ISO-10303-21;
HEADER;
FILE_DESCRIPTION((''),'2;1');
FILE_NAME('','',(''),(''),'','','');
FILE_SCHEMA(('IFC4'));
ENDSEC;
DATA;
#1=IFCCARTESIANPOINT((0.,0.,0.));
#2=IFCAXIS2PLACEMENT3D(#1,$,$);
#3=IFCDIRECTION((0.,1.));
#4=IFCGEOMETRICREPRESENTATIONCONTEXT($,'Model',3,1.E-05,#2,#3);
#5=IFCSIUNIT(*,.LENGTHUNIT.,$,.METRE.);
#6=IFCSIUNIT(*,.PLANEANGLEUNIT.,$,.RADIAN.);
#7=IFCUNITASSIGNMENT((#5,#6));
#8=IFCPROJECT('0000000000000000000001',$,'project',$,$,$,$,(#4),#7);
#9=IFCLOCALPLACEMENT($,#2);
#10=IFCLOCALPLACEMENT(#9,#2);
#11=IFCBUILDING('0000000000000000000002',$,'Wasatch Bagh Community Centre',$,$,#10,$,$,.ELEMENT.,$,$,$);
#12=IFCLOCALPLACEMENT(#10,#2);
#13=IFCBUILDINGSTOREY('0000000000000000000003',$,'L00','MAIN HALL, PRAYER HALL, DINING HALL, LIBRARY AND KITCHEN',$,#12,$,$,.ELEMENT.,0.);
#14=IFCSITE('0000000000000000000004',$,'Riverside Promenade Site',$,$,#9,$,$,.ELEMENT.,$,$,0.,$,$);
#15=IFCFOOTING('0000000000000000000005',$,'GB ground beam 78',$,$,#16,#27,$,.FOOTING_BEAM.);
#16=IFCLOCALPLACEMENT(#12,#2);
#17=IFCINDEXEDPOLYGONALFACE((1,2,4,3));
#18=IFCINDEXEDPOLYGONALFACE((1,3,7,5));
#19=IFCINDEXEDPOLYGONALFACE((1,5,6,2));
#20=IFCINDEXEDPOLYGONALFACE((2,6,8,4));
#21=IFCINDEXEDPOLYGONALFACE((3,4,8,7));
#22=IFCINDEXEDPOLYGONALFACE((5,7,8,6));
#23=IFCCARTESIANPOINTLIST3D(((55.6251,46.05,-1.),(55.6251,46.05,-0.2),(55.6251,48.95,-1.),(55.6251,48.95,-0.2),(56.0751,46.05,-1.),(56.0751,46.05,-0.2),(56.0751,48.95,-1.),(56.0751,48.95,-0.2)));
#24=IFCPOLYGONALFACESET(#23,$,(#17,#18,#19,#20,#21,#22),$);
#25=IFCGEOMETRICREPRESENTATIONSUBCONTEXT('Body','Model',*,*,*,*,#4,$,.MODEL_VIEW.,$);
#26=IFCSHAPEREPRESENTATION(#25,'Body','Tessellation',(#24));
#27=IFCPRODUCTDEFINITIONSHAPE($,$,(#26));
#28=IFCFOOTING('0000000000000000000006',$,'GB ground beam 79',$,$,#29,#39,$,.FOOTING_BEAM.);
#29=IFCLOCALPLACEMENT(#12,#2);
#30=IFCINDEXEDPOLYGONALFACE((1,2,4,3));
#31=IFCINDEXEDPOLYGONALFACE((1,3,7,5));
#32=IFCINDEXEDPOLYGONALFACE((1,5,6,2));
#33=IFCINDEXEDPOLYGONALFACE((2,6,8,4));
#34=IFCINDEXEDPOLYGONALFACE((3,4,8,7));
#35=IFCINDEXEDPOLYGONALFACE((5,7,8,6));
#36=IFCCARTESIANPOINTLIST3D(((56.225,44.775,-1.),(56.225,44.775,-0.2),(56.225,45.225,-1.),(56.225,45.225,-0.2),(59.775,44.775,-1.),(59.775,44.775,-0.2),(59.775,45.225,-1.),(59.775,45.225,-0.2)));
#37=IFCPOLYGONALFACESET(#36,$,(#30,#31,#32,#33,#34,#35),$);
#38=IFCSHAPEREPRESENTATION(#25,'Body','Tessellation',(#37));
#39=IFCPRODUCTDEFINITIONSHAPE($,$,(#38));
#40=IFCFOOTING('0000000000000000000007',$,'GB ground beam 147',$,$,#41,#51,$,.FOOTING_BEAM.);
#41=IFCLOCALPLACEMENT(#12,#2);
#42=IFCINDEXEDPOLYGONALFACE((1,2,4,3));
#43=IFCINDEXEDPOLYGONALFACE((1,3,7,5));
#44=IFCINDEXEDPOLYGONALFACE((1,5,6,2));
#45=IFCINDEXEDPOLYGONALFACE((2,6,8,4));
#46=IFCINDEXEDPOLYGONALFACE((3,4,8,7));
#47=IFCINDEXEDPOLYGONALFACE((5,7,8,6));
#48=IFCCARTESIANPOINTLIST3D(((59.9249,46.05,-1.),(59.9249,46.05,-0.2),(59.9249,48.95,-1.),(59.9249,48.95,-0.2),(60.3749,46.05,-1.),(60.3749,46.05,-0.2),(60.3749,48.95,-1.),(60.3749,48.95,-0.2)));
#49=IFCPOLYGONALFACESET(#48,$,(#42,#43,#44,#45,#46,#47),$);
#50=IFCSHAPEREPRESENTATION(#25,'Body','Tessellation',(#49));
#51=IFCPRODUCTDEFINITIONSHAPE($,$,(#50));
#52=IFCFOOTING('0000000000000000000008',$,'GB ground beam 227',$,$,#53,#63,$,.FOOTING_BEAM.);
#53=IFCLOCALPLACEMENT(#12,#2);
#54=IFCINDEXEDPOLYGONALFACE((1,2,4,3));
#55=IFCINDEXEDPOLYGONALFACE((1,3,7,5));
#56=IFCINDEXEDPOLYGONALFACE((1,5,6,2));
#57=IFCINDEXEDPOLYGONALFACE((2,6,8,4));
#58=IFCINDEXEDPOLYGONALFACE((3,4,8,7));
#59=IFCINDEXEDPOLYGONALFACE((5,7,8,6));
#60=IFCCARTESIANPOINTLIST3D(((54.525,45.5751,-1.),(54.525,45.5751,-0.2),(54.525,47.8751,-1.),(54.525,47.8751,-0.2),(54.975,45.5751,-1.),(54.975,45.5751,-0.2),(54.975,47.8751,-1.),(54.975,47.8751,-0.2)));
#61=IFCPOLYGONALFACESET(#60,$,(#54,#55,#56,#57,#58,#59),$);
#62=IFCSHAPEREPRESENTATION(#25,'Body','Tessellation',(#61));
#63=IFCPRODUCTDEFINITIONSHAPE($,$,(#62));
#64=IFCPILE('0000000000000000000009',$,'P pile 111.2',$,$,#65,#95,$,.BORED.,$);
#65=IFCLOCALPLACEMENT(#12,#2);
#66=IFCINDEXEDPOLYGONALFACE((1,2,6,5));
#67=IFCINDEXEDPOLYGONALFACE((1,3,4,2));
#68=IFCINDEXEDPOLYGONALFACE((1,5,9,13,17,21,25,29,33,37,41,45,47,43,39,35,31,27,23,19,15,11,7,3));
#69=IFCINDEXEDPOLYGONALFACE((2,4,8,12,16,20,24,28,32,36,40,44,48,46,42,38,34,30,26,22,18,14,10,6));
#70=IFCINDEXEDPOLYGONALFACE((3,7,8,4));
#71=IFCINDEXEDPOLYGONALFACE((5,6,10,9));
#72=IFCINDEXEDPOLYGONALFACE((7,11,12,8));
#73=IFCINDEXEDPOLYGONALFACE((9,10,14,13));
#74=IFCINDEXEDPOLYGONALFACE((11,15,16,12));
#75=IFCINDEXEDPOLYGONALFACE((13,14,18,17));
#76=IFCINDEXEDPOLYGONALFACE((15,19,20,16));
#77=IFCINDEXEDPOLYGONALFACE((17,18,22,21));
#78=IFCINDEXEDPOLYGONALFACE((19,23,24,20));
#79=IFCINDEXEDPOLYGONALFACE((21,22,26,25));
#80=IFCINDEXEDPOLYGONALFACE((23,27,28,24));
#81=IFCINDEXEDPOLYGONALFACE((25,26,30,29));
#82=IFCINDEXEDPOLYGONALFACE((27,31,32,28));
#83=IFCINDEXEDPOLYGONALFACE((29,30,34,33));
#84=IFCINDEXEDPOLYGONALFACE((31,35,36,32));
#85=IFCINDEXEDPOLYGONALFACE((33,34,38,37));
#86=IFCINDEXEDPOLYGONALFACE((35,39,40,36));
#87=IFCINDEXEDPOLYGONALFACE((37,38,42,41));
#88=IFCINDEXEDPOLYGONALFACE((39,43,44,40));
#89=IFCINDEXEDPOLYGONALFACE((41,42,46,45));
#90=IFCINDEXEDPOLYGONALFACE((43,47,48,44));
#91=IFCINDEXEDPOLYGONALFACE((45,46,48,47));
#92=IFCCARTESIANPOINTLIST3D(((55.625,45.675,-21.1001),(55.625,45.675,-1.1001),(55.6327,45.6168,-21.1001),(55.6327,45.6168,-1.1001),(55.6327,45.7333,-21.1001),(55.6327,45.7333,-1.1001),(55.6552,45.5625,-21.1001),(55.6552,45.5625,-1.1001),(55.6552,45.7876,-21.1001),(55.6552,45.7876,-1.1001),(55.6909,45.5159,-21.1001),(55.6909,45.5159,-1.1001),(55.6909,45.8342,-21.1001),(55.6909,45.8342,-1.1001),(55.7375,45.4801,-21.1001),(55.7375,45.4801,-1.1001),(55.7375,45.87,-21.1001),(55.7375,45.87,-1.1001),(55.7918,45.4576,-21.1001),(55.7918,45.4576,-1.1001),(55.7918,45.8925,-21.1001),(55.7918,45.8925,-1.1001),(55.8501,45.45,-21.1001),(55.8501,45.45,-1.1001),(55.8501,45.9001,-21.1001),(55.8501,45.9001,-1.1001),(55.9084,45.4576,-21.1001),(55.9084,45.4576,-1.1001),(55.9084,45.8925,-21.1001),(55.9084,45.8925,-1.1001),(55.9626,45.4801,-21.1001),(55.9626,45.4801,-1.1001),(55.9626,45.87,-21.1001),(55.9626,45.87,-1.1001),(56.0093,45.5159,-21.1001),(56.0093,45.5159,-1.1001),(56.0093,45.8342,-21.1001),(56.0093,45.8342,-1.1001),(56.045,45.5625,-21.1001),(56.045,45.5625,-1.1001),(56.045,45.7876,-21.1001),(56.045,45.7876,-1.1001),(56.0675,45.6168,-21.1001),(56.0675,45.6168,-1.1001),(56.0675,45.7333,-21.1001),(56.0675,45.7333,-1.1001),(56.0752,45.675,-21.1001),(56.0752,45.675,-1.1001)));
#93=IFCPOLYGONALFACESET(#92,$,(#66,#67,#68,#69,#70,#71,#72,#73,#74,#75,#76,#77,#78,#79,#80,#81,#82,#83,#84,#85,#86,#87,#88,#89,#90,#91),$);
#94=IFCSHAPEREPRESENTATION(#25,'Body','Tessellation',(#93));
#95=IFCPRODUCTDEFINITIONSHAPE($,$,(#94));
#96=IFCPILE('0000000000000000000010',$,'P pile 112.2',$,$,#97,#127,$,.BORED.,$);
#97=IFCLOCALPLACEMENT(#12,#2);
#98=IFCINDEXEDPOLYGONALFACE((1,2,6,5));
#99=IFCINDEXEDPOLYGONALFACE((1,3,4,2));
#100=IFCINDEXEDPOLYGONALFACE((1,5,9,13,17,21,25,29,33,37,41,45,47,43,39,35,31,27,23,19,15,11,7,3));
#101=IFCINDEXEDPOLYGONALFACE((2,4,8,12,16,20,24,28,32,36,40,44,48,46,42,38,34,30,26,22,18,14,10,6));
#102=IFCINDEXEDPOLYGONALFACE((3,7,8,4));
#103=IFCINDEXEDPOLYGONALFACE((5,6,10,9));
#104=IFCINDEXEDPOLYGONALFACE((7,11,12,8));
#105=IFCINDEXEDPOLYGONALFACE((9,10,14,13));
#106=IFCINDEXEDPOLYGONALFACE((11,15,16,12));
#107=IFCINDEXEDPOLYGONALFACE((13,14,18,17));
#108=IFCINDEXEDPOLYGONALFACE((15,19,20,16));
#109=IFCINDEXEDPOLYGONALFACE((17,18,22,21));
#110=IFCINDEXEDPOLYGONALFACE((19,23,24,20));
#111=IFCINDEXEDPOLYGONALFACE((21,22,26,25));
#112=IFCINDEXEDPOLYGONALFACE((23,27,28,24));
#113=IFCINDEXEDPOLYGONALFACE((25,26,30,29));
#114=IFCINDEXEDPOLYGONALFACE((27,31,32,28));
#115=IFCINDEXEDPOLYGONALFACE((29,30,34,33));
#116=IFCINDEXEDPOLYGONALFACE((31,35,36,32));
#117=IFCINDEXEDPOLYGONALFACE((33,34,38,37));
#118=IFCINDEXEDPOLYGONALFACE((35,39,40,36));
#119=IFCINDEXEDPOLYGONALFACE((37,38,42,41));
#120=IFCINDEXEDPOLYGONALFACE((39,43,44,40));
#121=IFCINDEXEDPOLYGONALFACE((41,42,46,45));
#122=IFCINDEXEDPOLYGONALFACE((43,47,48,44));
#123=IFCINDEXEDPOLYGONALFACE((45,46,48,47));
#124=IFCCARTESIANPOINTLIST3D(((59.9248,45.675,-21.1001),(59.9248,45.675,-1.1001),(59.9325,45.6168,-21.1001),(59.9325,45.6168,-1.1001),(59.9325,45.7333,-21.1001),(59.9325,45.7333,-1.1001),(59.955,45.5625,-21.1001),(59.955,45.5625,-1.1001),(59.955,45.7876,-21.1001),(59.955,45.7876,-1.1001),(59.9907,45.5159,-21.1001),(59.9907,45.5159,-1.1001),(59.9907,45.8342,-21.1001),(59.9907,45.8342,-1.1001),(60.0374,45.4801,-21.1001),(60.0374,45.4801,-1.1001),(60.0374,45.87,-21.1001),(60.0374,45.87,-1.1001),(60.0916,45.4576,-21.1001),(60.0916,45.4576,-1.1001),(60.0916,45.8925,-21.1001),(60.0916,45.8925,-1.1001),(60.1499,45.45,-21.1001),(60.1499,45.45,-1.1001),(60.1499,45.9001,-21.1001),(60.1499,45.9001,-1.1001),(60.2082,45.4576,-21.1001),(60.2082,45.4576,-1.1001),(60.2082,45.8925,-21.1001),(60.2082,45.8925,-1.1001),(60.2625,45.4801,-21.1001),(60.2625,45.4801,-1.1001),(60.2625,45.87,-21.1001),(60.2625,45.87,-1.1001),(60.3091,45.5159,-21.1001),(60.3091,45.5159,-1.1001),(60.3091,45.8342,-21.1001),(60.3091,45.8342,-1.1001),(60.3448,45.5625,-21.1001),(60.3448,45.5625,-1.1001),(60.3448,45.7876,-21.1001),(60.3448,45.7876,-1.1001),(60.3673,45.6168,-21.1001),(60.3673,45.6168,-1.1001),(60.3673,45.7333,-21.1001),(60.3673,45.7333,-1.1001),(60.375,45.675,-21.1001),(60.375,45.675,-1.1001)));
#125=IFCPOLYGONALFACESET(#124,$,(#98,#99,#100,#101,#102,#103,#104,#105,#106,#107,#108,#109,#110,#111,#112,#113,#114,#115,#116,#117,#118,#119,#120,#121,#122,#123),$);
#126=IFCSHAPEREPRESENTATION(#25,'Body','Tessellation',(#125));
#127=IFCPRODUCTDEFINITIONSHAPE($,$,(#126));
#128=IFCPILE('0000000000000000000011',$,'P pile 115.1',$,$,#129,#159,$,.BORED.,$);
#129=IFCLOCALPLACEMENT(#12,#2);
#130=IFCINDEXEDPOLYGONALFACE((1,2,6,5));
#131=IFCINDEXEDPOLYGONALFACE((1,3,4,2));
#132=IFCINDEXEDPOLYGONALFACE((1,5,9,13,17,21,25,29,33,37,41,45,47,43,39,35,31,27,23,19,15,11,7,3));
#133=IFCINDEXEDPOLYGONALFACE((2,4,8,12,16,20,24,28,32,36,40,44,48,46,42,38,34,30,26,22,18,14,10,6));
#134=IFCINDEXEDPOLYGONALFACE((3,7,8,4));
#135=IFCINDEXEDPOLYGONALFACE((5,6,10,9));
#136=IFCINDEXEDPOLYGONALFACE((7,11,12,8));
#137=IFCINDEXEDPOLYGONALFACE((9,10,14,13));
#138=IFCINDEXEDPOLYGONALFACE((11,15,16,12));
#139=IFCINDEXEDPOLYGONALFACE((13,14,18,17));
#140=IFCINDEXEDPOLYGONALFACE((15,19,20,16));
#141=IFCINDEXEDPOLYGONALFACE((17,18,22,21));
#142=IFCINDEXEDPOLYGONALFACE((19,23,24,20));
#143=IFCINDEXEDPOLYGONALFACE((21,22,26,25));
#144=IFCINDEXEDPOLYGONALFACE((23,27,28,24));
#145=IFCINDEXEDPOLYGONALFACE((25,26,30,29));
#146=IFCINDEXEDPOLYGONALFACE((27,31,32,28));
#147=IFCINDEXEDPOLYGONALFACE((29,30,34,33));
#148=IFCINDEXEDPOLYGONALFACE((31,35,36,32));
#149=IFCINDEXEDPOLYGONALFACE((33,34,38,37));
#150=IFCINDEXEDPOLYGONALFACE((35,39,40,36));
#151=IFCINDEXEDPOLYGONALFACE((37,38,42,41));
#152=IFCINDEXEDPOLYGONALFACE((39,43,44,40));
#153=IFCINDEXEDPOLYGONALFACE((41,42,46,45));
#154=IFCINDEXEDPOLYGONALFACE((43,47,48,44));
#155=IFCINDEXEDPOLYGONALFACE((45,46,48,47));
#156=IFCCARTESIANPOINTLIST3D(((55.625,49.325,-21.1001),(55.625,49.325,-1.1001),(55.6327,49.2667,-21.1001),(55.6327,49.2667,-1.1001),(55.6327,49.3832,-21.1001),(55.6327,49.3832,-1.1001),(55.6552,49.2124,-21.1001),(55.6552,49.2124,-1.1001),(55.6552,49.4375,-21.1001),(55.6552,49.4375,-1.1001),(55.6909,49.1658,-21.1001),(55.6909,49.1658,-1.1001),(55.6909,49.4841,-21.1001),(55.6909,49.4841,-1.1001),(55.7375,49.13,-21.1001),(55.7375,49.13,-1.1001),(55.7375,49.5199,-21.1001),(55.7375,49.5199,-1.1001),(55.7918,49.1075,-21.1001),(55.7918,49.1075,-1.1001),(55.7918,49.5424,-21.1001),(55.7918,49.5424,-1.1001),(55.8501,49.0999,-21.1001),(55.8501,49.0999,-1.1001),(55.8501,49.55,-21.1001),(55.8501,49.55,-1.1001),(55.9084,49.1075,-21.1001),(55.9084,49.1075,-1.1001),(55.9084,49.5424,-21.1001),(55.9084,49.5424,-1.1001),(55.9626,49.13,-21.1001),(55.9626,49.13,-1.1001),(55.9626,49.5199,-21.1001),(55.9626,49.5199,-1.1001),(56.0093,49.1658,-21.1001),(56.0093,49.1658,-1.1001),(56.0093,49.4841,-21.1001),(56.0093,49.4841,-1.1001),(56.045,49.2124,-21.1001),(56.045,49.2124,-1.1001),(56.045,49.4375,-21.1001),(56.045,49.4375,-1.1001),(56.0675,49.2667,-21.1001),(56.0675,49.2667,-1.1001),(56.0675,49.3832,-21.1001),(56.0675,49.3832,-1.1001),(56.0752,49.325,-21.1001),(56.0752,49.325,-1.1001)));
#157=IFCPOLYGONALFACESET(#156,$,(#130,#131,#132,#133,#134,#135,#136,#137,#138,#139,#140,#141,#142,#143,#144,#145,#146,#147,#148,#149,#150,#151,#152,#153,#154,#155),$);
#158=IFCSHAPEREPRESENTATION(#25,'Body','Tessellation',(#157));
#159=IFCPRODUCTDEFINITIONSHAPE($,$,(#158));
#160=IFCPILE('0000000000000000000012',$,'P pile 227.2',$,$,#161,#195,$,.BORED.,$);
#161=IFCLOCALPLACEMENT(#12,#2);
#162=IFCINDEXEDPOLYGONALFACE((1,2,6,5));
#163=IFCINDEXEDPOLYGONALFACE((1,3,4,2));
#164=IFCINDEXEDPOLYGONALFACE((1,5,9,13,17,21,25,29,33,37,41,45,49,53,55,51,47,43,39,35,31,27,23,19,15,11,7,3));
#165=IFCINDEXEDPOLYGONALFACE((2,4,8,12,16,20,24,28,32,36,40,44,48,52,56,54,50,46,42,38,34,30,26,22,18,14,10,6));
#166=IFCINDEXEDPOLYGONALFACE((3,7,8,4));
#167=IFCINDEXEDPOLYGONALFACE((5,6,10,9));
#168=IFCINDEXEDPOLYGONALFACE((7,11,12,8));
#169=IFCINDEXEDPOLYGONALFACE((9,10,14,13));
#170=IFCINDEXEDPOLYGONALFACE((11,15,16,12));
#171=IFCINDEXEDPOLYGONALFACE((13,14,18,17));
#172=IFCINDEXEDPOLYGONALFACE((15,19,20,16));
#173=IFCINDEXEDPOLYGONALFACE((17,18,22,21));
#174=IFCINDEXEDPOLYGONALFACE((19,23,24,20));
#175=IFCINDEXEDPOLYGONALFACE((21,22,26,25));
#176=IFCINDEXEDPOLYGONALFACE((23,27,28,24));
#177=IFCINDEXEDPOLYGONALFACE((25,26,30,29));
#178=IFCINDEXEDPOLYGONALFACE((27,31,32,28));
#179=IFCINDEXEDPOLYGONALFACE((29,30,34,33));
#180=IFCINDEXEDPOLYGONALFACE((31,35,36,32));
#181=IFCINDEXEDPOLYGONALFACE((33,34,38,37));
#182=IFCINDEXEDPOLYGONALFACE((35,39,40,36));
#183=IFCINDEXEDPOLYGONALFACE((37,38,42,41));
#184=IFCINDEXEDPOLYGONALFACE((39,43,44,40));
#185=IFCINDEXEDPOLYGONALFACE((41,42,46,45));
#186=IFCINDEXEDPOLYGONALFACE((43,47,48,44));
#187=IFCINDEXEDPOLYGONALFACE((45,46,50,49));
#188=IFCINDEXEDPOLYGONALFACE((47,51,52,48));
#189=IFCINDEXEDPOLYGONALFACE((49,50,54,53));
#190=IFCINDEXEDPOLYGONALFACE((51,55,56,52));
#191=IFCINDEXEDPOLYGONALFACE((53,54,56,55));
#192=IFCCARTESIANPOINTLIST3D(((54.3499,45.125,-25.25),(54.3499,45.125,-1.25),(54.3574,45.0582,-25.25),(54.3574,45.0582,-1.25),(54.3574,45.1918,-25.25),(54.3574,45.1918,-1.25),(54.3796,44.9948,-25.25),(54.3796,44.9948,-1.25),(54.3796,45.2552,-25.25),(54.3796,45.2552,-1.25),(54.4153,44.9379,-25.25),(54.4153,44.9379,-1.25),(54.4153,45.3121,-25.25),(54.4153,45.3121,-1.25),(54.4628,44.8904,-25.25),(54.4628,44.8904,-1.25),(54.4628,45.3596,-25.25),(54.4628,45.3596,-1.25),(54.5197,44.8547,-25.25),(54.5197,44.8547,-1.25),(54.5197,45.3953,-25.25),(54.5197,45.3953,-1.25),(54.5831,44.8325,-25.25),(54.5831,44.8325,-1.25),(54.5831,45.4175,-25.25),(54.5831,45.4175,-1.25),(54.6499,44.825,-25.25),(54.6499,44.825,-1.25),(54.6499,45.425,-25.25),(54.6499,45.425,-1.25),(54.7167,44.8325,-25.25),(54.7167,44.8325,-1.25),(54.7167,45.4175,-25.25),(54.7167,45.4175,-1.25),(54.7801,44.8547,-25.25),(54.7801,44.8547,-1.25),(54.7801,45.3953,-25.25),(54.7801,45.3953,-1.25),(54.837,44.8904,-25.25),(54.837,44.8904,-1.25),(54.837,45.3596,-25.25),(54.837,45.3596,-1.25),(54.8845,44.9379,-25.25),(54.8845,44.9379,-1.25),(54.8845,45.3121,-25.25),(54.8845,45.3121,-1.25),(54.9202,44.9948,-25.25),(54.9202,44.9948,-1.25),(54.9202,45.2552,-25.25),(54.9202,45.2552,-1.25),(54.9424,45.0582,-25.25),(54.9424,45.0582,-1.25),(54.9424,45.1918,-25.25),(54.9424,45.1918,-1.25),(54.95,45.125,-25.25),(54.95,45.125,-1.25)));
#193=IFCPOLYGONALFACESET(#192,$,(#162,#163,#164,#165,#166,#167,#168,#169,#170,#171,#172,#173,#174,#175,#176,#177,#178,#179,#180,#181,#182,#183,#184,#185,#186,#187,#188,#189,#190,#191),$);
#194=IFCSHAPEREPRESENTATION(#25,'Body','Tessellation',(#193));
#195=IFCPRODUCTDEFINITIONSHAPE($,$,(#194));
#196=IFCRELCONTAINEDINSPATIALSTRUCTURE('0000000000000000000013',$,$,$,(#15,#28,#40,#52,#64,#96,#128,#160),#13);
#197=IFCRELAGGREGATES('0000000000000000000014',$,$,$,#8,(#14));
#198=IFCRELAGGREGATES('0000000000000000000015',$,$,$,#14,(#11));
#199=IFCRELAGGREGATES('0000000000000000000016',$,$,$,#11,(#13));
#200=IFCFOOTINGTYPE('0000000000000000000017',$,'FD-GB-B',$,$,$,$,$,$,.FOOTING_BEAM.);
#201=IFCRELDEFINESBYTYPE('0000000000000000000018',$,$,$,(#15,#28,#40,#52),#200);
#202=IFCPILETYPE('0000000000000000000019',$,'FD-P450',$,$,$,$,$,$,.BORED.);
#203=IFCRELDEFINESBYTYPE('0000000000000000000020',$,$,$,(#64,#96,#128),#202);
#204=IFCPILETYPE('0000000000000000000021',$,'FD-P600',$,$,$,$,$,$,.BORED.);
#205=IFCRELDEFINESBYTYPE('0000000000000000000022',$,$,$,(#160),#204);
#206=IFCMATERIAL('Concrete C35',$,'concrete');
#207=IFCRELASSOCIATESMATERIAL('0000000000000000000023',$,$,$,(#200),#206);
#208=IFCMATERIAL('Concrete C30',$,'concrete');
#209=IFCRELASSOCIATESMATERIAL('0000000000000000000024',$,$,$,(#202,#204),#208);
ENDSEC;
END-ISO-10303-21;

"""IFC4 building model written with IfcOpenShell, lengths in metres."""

from ifc_helpers import new_model, si_unit, direction, frame, origin, origin_2d, place, context, subcontext, project, spatial, rectangle, circle, extrude, material, material_profile, profile_set, type_object, element, save


model = new_model("IFC4")

# Units and contexts
model_context = context("Model", 3, precision=1e-05, world=origin(), true_north=direction((0.0, 1.0)))
body_context = subcontext(model_context, "Body", "Model", "MODEL_VIEW")
ifc_project = project(units=[si_unit("LENGTHUNIT", "METRE"), si_unit("PLANEANGLEUNIT", "RADIAN")], contexts=[model_context])

# Site, building, storey
site_placement = place(None, origin())
site = spatial("IfcSite", under=ifc_project, at=site_placement, Name="Riverside Promenade Site", CompositionType="ELEMENT", RefElevation=0.0)
building_placement = place(site_placement, origin())
building = spatial("IfcBuilding", under=site, at=building_placement, Name="Wasatch Bagh Community Centre", CompositionType="ELEMENT")
storey_placement = place(building_placement, origin())
storey = spatial("IfcBuildingStorey", under=building, at=storey_placement, Name="L00", Description="MAIN HALL, PRAYER HALL, DINING HALL, LIBRARY AND KITCHEN", CompositionType="ELEMENT", Elevation=0.0)

# Footings
ifc_material_1 = material(Name="Concrete C35", Category="concrete")
footing_type_1 = type_object("IfcFootingType", Name="FD-GB-B", PredefinedType="FOOTING_BEAM", material=ifc_material_1)
footing_1_placement = place(storey_placement, frame((55.8501, 47.5, -1.0), z_axis=(0.0, 0.0, 1.0), x_axis=(0.0, 1.0, 0.0)))
element("IfcFooting", 1, at=footing_1_placement, inside=storey, type_object=footing_type_1, Name="GB ground beam 78", PredefinedType="FOOTING_BEAM", context=body_context, shape_type="SweptSolid", body=[
    extrude(rectangle(XDim=2.8999, YDim=0.45, at=origin_2d()), origin(), (0.0, 0.0, 1.0), 0.8),
])
footing_2_placement = place(storey_placement, frame((58.0, 45.0, -1.0), z_axis=(0.0, 0.0, 1.0), x_axis=(1.0, 0.0, 0.0)))
element("IfcFooting", 2, at=footing_2_placement, inside=storey, type_object=footing_type_1, Name="GB ground beam 79", PredefinedType="FOOTING_BEAM", context=body_context, shape_type="SweptSolid", body=[
    extrude(rectangle(XDim=3.55, YDim=0.45, at=origin_2d()), origin(), (0.0, 0.0, 1.0), 0.8),
])
footing_3_placement = place(storey_placement, frame((60.1499, 47.5, -1.0), z_axis=(0.0, 0.0, 1.0), x_axis=(0.0, 1.0, 0.0)))
element("IfcFooting", 3, at=footing_3_placement, inside=storey, type_object=footing_type_1, Name="GB ground beam 147", PredefinedType="FOOTING_BEAM", context=body_context, shape_type="SweptSolid", body=[
    extrude(rectangle(XDim=2.8999, YDim=0.45, at=origin_2d()), origin(), (0.0, 0.0, 1.0), 0.8),
])
footing_4_placement = place(storey_placement, frame((54.75, 46.7251, -1.0), z_axis=(0.0, 0.0, 1.0), x_axis=(0.0, 1.0, 0.0)))
element("IfcFooting", 4, at=footing_4_placement, inside=storey, type_object=footing_type_1, Name="GB ground beam 227", PredefinedType="FOOTING_BEAM", context=body_context, shape_type="SweptSolid", body=[
    extrude(rectangle(XDim=2.3, YDim=0.45, at=origin_2d()), origin(), (0.0, 0.0, 1.0), 0.8),
])

# Piles
ifc_material_2 = material(Name="Concrete C30", Category="concrete")
ifc_material_profile_1 = material_profile(ifc_material_2, circle(Radius=0.2251, at=origin_2d()), Name="RC D450")
ifc_profile_set_1 = profile_set([ifc_material_profile_1], Name="Concrete C30")
pile_type_1 = type_object("IfcPileType", Name="FD-P450", PredefinedType="BORED", material=ifc_profile_set_1)
for number, where, z_axis, x_axis, name in (
    (5, (55.8501, 45.675, -1.1001), (0.0, 0.0, -1.0), (1.0, 0.0, 0.0), "P pile 111.2"),
    (6, (60.1499, 45.675, -1.1001), (0.0, 0.0, -1.0), (1.0, 0.0, 0.0), "P pile 112.2"),
    (7, (55.8501, 49.325, -1.1001), (0.0, 0.0, -1.0), (1.0, 0.0, 0.0), "P pile 115.1"),
):
    element("IfcPile", number, at=place(storey_placement, frame(where, z_axis=z_axis, x_axis=x_axis)), inside=storey, type_object=pile_type_1, Name=name, PredefinedType="BORED", context=body_context, shape_type="SweptSolid", body=[
        extrude(circle(Radius=0.2251, at=origin_2d()), origin(), (0.0, 0.0, 1.0), 20.0),
    ])
ifc_material_profile_2 = material_profile(ifc_material_2, circle(Radius=0.3, at=origin_2d()), Name="RC D600")
ifc_profile_set_2 = profile_set([ifc_material_profile_2], Name="Concrete C30")
pile_type_2 = type_object("IfcPileType", Name="FD-P600", PredefinedType="BORED", material=ifc_profile_set_2)
for number, where, z_axis, x_axis, name in (
    (8, (54.6499, 45.125, -1.25), (0.0, 0.0, -1.0), (1.0, 0.0, 0.0), "P pile 227.2"),
):
    element("IfcPile", number, at=place(storey_placement, frame(where, z_axis=z_axis, x_axis=x_axis)), inside=storey, type_object=pile_type_2, Name=name, PredefinedType="BORED", context=body_context, shape_type="SweptSolid", body=[
        extrude(circle(Radius=0.3, at=origin_2d()), origin(), (0.0, 0.0, 1.0), 24.0),
    ])

save(model, "model.ifc")
